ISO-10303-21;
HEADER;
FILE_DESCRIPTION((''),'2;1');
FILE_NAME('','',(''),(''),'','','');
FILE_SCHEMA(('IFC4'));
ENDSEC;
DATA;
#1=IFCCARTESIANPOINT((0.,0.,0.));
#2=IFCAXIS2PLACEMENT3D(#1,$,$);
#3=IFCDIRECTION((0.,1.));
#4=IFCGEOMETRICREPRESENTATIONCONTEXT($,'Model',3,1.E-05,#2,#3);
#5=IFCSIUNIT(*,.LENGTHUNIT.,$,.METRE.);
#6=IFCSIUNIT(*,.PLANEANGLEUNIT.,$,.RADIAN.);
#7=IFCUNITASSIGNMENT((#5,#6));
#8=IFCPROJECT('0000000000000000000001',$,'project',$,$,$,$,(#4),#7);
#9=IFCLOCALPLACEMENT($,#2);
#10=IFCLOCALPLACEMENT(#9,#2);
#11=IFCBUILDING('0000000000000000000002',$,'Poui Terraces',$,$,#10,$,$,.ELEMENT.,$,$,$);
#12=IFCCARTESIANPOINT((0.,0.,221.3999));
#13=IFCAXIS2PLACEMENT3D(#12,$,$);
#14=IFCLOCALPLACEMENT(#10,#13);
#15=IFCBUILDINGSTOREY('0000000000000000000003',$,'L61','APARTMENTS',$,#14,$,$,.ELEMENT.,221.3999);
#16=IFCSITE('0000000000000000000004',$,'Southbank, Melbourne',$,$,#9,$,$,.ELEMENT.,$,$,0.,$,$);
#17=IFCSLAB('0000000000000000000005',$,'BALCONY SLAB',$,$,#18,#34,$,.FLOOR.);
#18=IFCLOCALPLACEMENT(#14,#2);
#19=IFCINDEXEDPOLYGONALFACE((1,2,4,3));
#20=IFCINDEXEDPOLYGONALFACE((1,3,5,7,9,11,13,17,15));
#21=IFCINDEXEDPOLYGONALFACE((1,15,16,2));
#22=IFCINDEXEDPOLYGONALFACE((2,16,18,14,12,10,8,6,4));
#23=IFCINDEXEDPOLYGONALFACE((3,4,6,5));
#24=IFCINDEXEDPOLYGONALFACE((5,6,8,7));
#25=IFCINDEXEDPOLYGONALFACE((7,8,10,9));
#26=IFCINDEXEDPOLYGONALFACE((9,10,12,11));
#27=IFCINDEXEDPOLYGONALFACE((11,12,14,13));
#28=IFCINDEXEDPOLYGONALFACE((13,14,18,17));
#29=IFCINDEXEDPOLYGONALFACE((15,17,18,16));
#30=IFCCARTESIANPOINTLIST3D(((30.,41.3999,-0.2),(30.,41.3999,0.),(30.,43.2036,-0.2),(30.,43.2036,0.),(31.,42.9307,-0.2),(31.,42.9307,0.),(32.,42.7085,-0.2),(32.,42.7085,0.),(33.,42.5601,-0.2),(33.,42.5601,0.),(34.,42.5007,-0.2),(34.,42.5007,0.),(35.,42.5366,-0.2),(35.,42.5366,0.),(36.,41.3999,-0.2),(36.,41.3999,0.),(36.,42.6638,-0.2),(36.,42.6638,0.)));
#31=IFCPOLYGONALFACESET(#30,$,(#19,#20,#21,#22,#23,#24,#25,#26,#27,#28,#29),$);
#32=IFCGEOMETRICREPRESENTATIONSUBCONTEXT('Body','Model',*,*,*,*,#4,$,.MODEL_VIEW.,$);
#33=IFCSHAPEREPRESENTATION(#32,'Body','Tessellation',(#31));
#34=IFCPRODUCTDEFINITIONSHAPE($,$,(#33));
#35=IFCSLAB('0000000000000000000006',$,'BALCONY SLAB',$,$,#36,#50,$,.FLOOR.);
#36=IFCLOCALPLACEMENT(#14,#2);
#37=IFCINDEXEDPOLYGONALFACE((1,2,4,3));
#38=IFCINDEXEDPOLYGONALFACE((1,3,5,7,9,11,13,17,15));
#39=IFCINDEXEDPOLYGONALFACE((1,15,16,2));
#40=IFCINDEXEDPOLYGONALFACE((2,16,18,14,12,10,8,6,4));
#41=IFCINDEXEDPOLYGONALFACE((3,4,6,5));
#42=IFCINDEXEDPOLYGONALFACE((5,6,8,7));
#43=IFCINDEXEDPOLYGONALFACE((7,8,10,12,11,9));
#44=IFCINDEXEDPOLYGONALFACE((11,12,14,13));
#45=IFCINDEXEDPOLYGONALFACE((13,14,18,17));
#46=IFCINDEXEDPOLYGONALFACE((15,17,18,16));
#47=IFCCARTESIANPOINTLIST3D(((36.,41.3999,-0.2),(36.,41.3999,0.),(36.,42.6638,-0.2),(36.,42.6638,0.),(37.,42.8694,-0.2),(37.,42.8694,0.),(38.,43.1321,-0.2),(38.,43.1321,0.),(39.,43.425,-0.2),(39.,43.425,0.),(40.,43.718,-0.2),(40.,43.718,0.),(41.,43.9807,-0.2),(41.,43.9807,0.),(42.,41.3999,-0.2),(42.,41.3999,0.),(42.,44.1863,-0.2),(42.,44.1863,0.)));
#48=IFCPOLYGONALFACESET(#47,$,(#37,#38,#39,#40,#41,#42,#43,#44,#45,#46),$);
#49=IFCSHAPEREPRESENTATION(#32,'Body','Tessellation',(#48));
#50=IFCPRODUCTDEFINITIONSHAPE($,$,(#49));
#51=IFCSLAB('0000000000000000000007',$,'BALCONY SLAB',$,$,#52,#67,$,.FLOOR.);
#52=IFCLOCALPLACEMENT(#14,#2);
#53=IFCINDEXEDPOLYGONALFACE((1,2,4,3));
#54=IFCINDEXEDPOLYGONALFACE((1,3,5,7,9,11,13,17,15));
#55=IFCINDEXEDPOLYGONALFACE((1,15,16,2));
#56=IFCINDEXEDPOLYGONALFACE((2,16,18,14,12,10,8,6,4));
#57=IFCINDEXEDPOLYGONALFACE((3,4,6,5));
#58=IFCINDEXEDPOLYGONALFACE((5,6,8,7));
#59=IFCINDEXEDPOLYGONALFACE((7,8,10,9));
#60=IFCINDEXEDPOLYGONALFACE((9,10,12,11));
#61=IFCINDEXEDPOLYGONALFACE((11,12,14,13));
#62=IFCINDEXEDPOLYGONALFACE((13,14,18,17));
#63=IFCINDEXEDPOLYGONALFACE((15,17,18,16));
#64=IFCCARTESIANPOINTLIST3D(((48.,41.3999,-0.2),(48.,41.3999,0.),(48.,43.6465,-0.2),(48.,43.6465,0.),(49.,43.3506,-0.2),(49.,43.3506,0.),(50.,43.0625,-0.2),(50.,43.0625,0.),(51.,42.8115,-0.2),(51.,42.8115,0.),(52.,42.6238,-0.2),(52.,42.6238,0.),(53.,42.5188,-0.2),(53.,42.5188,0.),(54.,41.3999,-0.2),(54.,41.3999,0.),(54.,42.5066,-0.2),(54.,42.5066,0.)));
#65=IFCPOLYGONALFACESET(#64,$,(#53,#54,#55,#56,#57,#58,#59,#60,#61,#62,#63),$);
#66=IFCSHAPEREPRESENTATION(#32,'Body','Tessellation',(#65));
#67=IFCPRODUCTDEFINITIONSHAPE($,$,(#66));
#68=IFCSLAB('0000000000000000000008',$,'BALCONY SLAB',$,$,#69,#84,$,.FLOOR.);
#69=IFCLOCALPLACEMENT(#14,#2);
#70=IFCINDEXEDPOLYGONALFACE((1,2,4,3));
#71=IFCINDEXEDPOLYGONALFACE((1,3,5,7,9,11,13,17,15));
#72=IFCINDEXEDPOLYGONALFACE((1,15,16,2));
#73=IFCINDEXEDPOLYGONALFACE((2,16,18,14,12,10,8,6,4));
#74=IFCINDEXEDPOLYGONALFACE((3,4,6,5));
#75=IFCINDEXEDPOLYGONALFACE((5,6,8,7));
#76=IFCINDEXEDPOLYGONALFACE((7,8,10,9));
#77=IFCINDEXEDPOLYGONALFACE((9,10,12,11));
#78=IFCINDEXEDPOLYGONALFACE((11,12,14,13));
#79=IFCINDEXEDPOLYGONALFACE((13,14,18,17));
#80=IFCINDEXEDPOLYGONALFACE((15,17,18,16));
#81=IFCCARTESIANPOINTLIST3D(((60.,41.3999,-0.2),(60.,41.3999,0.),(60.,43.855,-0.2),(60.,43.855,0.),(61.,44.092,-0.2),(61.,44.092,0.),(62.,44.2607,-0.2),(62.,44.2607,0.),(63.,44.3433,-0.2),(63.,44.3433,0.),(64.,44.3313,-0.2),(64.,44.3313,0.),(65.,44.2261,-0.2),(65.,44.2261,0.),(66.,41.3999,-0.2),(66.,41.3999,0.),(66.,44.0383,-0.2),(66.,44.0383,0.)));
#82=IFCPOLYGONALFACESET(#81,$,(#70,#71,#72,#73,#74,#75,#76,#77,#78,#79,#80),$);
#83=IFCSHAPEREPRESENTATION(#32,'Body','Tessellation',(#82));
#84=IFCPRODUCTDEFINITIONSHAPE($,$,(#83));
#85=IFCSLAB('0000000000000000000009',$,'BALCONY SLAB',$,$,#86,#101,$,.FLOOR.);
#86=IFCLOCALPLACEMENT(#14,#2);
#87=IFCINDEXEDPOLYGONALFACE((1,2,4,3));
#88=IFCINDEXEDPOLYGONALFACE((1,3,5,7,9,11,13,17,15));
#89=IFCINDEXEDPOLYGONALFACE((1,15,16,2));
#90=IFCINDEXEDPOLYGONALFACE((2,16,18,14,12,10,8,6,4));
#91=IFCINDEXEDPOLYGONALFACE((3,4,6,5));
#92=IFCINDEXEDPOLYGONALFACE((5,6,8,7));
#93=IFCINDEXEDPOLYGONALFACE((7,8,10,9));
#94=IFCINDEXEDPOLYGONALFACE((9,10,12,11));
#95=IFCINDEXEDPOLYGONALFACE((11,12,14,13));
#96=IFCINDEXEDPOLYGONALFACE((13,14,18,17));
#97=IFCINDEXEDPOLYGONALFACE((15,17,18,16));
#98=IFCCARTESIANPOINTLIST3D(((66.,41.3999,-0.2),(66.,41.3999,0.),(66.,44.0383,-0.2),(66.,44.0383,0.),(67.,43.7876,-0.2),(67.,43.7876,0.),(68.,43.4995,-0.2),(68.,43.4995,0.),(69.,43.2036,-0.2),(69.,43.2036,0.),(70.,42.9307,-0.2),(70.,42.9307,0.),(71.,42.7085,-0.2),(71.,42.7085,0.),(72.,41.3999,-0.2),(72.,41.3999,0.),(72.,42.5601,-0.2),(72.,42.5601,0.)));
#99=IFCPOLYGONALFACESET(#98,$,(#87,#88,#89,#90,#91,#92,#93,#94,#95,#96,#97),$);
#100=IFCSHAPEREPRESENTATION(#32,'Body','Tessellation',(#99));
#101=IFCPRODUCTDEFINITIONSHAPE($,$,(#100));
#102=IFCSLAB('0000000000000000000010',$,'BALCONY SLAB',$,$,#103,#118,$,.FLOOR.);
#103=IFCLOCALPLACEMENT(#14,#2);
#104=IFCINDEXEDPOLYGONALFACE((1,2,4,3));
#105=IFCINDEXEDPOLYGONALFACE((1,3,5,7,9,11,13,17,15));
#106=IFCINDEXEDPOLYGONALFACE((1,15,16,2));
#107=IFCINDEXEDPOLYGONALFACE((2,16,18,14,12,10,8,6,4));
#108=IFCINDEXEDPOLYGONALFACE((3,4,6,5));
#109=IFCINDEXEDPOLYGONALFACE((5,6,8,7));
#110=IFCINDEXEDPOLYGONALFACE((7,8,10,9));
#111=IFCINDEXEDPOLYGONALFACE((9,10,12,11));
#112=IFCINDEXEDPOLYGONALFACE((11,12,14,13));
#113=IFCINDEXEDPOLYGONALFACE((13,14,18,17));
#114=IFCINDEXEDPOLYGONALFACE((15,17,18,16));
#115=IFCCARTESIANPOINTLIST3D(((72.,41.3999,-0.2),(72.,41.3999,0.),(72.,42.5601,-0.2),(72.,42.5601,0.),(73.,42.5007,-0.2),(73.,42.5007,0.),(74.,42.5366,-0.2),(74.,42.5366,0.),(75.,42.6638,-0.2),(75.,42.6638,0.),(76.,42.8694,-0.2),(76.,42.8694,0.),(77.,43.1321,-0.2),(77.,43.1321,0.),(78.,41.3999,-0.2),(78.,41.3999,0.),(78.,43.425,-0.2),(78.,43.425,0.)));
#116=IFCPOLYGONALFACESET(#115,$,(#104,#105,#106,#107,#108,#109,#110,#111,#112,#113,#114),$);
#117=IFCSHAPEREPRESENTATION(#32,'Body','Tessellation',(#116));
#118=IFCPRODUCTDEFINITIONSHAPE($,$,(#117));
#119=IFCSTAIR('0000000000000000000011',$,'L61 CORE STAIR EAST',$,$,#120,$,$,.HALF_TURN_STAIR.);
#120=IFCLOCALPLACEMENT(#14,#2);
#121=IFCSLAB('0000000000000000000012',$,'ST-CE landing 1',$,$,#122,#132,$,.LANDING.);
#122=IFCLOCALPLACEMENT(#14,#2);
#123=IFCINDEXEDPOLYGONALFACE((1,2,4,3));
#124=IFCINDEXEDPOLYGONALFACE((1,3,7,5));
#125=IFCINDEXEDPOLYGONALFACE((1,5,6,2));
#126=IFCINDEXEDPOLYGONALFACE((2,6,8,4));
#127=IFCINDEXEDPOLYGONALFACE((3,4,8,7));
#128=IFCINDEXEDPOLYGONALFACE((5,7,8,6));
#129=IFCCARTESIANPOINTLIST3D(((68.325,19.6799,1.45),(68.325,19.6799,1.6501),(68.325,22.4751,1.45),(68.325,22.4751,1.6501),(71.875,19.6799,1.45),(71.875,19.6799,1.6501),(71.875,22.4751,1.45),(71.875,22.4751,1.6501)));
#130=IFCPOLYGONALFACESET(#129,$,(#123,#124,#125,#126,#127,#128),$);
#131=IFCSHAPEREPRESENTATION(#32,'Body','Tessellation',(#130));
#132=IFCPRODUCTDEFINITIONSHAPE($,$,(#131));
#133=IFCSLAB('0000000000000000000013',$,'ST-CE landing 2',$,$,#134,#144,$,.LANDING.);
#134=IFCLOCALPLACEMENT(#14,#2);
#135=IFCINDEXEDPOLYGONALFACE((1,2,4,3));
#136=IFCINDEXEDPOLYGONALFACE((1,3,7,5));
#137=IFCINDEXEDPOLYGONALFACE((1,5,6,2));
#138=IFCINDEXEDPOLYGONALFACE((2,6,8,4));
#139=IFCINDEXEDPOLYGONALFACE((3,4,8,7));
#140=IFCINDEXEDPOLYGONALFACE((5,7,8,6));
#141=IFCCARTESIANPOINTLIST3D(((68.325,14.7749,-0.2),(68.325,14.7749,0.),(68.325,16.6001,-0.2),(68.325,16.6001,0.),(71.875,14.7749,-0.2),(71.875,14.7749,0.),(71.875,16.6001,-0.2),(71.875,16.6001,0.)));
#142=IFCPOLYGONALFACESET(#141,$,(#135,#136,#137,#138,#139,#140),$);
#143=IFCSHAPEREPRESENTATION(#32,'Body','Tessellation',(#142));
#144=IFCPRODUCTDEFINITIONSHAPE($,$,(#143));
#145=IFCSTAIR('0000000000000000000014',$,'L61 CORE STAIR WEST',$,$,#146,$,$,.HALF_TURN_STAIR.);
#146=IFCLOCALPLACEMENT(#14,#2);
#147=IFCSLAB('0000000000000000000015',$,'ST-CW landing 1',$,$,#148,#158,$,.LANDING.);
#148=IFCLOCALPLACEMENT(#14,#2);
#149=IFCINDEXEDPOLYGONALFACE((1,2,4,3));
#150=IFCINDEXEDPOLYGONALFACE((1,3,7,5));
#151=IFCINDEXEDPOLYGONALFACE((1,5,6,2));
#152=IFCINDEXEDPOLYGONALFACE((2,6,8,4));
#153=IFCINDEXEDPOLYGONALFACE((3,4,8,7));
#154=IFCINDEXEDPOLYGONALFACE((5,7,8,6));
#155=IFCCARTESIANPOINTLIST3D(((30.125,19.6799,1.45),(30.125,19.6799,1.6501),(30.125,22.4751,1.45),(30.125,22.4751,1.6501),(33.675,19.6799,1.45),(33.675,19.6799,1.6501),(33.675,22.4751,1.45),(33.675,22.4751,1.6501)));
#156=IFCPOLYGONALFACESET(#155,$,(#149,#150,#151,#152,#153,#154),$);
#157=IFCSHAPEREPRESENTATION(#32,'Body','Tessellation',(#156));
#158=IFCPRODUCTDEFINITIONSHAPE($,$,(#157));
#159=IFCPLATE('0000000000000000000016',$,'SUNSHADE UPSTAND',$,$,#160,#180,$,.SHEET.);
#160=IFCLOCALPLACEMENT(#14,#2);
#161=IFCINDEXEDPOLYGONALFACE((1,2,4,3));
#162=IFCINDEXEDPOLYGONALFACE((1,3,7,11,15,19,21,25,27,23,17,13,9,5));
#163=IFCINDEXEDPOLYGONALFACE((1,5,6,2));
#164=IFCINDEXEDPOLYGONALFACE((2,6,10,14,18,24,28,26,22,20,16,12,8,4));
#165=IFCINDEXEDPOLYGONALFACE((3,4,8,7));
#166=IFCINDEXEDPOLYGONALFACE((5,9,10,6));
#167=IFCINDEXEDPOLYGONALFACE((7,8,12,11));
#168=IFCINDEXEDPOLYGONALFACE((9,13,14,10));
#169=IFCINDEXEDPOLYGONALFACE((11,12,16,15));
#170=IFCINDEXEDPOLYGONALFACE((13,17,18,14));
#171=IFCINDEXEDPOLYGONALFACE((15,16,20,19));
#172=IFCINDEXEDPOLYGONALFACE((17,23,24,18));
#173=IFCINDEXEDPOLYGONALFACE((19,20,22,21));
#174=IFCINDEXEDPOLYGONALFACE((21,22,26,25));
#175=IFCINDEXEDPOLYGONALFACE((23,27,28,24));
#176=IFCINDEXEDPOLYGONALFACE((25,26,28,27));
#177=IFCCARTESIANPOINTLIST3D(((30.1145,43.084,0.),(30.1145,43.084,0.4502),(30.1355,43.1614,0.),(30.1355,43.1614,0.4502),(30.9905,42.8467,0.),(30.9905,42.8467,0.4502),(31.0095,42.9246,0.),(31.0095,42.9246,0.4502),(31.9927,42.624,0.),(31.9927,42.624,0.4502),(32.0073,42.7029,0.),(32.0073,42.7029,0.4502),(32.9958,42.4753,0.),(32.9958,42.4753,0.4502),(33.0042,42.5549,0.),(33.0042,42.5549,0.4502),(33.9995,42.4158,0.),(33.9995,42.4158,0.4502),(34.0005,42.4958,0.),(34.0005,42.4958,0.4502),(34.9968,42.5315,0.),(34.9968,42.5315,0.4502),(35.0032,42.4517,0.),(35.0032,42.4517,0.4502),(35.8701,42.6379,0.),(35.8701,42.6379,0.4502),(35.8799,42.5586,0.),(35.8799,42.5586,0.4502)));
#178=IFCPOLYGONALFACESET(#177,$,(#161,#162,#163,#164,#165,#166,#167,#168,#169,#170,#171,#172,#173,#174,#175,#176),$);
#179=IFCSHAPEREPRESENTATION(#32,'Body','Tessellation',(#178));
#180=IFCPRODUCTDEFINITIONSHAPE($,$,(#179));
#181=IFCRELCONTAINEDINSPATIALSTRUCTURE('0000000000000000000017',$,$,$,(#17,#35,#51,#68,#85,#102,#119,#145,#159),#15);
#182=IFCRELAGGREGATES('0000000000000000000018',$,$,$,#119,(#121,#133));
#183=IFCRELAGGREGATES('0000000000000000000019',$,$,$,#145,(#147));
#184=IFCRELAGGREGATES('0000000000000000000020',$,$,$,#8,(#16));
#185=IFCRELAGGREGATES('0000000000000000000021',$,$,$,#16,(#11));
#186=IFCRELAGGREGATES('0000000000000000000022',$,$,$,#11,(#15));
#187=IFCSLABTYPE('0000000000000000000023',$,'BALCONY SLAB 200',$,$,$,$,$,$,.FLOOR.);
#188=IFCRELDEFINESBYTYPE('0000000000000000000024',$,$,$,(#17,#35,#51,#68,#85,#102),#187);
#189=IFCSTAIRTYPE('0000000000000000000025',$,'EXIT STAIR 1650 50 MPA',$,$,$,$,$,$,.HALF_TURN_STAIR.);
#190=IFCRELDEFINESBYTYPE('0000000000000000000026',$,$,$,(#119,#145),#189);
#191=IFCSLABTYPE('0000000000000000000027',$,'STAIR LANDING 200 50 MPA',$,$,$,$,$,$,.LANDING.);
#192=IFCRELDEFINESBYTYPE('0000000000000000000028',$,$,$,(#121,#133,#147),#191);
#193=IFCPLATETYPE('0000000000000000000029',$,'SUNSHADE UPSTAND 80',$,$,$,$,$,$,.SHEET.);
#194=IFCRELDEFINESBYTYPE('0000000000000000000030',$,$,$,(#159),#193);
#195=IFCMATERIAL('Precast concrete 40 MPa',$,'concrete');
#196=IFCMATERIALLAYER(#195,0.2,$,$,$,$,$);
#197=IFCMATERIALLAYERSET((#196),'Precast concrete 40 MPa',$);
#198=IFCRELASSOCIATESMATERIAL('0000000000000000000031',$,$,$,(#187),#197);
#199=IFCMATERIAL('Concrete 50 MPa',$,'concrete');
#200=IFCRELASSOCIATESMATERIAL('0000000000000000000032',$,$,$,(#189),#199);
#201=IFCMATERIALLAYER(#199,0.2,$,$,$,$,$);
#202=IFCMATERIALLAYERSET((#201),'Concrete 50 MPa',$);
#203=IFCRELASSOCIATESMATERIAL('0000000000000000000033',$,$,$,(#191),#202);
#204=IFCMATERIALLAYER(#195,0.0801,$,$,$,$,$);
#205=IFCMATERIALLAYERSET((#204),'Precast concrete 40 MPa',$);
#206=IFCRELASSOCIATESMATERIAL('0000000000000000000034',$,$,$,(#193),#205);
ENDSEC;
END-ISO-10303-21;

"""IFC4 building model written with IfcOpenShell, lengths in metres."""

from ifc_helpers import new_model, si_unit, direction, frame, origin, place, context, subcontext, project, spatial, polyline, outline, extrude, material, layer, layer_set, type_object, element, aggregate, save


model = new_model("IFC4")

# Units and contexts
model_context = context("Model", 3, precision=1e-05, world=origin(), true_north=direction((0.0, 1.0)))
body_context = subcontext(model_context, "Body", "Model", "MODEL_VIEW")
ifc_project = project(units=[si_unit("LENGTHUNIT", "METRE"), si_unit("PLANEANGLEUNIT", "RADIAN")], contexts=[model_context])

# Site, building, storey
site_placement = place(None, origin())
site = spatial("IfcSite", under=ifc_project, at=site_placement, Name="Southbank, Melbourne", CompositionType="ELEMENT", RefElevation=0.0)
building_placement = place(site_placement, origin())
building = spatial("IfcBuilding", under=site, at=building_placement, Name="Poui Terraces", CompositionType="ELEMENT")
storey_placement = place(building_placement, frame((0.0, 0.0, 221.3999)))
storey = spatial("IfcBuildingStorey", under=building, at=storey_placement, Name="L61", Description="APARTMENTS", CompositionType="ELEMENT", Elevation=221.3999)

# Slabs
ifc_material_1 = material(Name="Precast concrete 40 MPa", Category="concrete")
ifc_layer_1 = layer(ifc_material_1, 0.2)
ifc_layer_set_1 = layer_set([ifc_layer_1], Name="Precast concrete 40 MPa")
slab_type_1 = type_object("IfcSlabType", Name="BALCONY SLAB 200", PredefinedType="FLOOR", material=ifc_layer_set_1)
slab_1_placement = place(storey_placement, frame((0.0, 0.0, -0.2)))
element("IfcSlab", 1, at=slab_1_placement, inside=storey, type_object=slab_type_1, Name="BALCONY SLAB", PredefinedType="FLOOR", context=body_context, shape_type="SweptSolid", body=[
    extrude(outline(polyline([(30.0, 41.3999), (36.0, 41.3999), (36.0, 42.6638), (35.0, 42.5366), (34.0, 42.5007), (33.0, 42.5601), (32.0, 42.7085), (31.0, 42.9307), (30.0, 43.2036), (30.0, 41.3999)])), origin(), (0.0, 0.0, 1.0), 0.2),
])
slab_2_placement = place(storey_placement, frame((0.0, 0.0, -0.2)))
element("IfcSlab", 2, at=slab_2_placement, inside=storey, type_object=slab_type_1, Name="BALCONY SLAB", PredefinedType="FLOOR", context=body_context, shape_type="SweptSolid", body=[
    extrude(outline(polyline([(36.0, 41.3999), (42.0, 41.3999), (42.0, 44.1863), (41.0, 43.9807), (40.0, 43.718), (39.0, 43.425), (38.0, 43.1321), (37.0, 42.8694), (36.0, 42.6638), (36.0, 41.3999)])), origin(), (0.0, 0.0, 1.0), 0.2),
])
slab_3_placement = place(storey_placement, frame((0.0, 0.0, -0.2)))
element("IfcSlab", 3, at=slab_3_placement, inside=storey, type_object=slab_type_1, Name="BALCONY SLAB", PredefinedType="FLOOR", context=body_context, shape_type="SweptSolid", body=[
    extrude(outline(polyline([(48.0, 41.3999), (54.0, 41.3999), (54.0, 42.5066), (53.0, 42.5188), (52.0, 42.6238), (51.0, 42.8115), (50.0, 43.0625), (49.0, 43.3506), (48.0, 43.6465), (48.0, 41.3999)])), origin(), (0.0, 0.0, 1.0), 0.2),
])
slab_4_placement = place(storey_placement, frame((0.0, 0.0, -0.2)))
element("IfcSlab", 4, at=slab_4_placement, inside=storey, type_object=slab_type_1, Name="BALCONY SLAB", PredefinedType="FLOOR", context=body_context, shape_type="SweptSolid", body=[
    extrude(outline(polyline([(60.0, 41.3999), (66.0, 41.3999), (66.0, 44.0383), (65.0, 44.2261), (64.0, 44.3313), (63.0, 44.3433), (62.0, 44.2607), (61.0, 44.092), (60.0, 43.855), (60.0, 41.3999)])), origin(), (0.0, 0.0, 1.0), 0.2),
])
slab_5_placement = place(storey_placement, frame((0.0, 0.0, -0.2)))
element("IfcSlab", 5, at=slab_5_placement, inside=storey, type_object=slab_type_1, Name="BALCONY SLAB", PredefinedType="FLOOR", context=body_context, shape_type="SweptSolid", body=[
    extrude(outline(polyline([(66.0, 41.3999), (72.0, 41.3999), (72.0, 42.5601), (71.0, 42.7085), (70.0, 42.9307), (69.0, 43.2036), (68.0, 43.4995), (67.0, 43.7876), (66.0, 44.0383), (66.0, 41.3999)])), origin(), (0.0, 0.0, 1.0), 0.2),
])
slab_6_placement = place(storey_placement, frame((0.0, 0.0, -0.2)))
element("IfcSlab", 6, at=slab_6_placement, inside=storey, type_object=slab_type_1, Name="BALCONY SLAB", PredefinedType="FLOOR", context=body_context, shape_type="SweptSolid", body=[
    extrude(outline(polyline([(72.0, 41.3999), (78.0, 41.3999), (78.0, 43.425), (77.0, 43.1321), (76.0, 42.8694), (75.0, 42.6638), (74.0, 42.5366), (73.0, 42.5007), (72.0, 42.5601), (72.0, 41.3999)])), origin(), (0.0, 0.0, 1.0), 0.2),
])

# Stair, slabs
ifc_material_2 = material(Name="Concrete 50 MPa", Category="concrete")
stair_type = type_object("IfcStairType", Name="EXIT STAIR 1650 50 MPA", PredefinedType="HALF_TURN_STAIR", material=ifc_material_2)
stair_1_placement = place(storey_placement, origin())
stair_1 = element("IfcStair", 7, at=stair_1_placement, inside=storey, type_object=stair_type, Name="L61 CORE STAIR EAST", PredefinedType="HALF_TURN_STAIR")
ifc_layer_2 = layer(ifc_material_2, 0.2)
ifc_layer_set_2 = layer_set([ifc_layer_2], Name="Concrete 50 MPa")
slab_type_2 = type_object("IfcSlabType", Name="STAIR LANDING 200 50 MPA", PredefinedType="LANDING", material=ifc_layer_set_2)
slab_7_placement = place(storey_placement, frame((0.0, 0.0, 1.45)))
slab_7 = element("IfcSlab", 8, at=slab_7_placement, type_object=slab_type_2, Name="ST-CE landing 1", PredefinedType="LANDING", context=body_context, shape_type="SweptSolid", body=[
    extrude(outline(polyline([(68.325, 19.6799), (71.875, 19.6799), (71.875, 22.4751), (68.325, 22.4751), (68.325, 19.6799)])), origin(), (0.0, 0.0, 1.0), 0.2002),
])
slab_8_placement = place(storey_placement, frame((0.0, 0.0, -0.2)))
slab_8 = element("IfcSlab", 9, at=slab_8_placement, type_object=slab_type_2, Name="ST-CE landing 2", PredefinedType="LANDING", context=body_context, shape_type="SweptSolid", body=[
    extrude(outline(polyline([(68.325, 14.7749), (71.875, 14.7749), (71.875, 16.6001), (68.325, 16.6001), (68.325, 14.7749)])), origin(), (0.0, 0.0, 1.0), 0.2),
])
aggregate(stair_1, [slab_7, slab_8])

# Stair, slab
stair_2_placement = place(storey_placement, origin())
stair_2 = element("IfcStair", 10, at=stair_2_placement, inside=storey, type_object=stair_type, Name="L61 CORE STAIR WEST", PredefinedType="HALF_TURN_STAIR")
slab_9_placement = place(storey_placement, frame((0.0, 0.0, 1.45)))
slab_9 = element("IfcSlab", 11, at=slab_9_placement, type_object=slab_type_2, Name="ST-CW landing 1", PredefinedType="LANDING", context=body_context, shape_type="SweptSolid", body=[
    extrude(outline(polyline([(30.125, 19.6799), (33.675, 19.6799), (33.675, 22.4751), (30.125, 22.4751), (30.125, 19.6799)])), origin(), (0.0, 0.0, 1.0), 0.2002),
])
aggregate(stair_2, [slab_9])

# Plate
ifc_layer_3 = layer(ifc_material_1, 0.0801)
ifc_layer_set_3 = layer_set([ifc_layer_3], Name="Precast concrete 40 MPa")
plate_type = type_object("IfcPlateType", Name="SUNSHADE UPSTAND 80", PredefinedType="SHEET", material=ifc_layer_set_3)
plate_1_placement = place(storey_placement, origin())
element("IfcPlate", 12, at=plate_1_placement, inside=storey, type_object=plate_type, Name="SUNSHADE UPSTAND", PredefinedType="SHEET", context=body_context, shape_type="SweptSolid", body=[
    extrude(outline(polyline([(31.0095, 42.9246), (30.1355, 43.1614), (30.1145, 43.084), (30.9905, 42.8467), (31.9927, 42.624), (32.9958, 42.4753), (33.9995, 42.4158), (35.0032, 42.4517), (35.8799, 42.5586), (35.8701, 42.6379), (34.9968, 42.5315), (34.0005, 42.4958), (33.0042, 42.5549), (32.0073, 42.7029), (31.0095, 42.9246)])), origin(), (0.0, 0.0, 1.0), 0.4502),
])

save(model, "model.ifc")
